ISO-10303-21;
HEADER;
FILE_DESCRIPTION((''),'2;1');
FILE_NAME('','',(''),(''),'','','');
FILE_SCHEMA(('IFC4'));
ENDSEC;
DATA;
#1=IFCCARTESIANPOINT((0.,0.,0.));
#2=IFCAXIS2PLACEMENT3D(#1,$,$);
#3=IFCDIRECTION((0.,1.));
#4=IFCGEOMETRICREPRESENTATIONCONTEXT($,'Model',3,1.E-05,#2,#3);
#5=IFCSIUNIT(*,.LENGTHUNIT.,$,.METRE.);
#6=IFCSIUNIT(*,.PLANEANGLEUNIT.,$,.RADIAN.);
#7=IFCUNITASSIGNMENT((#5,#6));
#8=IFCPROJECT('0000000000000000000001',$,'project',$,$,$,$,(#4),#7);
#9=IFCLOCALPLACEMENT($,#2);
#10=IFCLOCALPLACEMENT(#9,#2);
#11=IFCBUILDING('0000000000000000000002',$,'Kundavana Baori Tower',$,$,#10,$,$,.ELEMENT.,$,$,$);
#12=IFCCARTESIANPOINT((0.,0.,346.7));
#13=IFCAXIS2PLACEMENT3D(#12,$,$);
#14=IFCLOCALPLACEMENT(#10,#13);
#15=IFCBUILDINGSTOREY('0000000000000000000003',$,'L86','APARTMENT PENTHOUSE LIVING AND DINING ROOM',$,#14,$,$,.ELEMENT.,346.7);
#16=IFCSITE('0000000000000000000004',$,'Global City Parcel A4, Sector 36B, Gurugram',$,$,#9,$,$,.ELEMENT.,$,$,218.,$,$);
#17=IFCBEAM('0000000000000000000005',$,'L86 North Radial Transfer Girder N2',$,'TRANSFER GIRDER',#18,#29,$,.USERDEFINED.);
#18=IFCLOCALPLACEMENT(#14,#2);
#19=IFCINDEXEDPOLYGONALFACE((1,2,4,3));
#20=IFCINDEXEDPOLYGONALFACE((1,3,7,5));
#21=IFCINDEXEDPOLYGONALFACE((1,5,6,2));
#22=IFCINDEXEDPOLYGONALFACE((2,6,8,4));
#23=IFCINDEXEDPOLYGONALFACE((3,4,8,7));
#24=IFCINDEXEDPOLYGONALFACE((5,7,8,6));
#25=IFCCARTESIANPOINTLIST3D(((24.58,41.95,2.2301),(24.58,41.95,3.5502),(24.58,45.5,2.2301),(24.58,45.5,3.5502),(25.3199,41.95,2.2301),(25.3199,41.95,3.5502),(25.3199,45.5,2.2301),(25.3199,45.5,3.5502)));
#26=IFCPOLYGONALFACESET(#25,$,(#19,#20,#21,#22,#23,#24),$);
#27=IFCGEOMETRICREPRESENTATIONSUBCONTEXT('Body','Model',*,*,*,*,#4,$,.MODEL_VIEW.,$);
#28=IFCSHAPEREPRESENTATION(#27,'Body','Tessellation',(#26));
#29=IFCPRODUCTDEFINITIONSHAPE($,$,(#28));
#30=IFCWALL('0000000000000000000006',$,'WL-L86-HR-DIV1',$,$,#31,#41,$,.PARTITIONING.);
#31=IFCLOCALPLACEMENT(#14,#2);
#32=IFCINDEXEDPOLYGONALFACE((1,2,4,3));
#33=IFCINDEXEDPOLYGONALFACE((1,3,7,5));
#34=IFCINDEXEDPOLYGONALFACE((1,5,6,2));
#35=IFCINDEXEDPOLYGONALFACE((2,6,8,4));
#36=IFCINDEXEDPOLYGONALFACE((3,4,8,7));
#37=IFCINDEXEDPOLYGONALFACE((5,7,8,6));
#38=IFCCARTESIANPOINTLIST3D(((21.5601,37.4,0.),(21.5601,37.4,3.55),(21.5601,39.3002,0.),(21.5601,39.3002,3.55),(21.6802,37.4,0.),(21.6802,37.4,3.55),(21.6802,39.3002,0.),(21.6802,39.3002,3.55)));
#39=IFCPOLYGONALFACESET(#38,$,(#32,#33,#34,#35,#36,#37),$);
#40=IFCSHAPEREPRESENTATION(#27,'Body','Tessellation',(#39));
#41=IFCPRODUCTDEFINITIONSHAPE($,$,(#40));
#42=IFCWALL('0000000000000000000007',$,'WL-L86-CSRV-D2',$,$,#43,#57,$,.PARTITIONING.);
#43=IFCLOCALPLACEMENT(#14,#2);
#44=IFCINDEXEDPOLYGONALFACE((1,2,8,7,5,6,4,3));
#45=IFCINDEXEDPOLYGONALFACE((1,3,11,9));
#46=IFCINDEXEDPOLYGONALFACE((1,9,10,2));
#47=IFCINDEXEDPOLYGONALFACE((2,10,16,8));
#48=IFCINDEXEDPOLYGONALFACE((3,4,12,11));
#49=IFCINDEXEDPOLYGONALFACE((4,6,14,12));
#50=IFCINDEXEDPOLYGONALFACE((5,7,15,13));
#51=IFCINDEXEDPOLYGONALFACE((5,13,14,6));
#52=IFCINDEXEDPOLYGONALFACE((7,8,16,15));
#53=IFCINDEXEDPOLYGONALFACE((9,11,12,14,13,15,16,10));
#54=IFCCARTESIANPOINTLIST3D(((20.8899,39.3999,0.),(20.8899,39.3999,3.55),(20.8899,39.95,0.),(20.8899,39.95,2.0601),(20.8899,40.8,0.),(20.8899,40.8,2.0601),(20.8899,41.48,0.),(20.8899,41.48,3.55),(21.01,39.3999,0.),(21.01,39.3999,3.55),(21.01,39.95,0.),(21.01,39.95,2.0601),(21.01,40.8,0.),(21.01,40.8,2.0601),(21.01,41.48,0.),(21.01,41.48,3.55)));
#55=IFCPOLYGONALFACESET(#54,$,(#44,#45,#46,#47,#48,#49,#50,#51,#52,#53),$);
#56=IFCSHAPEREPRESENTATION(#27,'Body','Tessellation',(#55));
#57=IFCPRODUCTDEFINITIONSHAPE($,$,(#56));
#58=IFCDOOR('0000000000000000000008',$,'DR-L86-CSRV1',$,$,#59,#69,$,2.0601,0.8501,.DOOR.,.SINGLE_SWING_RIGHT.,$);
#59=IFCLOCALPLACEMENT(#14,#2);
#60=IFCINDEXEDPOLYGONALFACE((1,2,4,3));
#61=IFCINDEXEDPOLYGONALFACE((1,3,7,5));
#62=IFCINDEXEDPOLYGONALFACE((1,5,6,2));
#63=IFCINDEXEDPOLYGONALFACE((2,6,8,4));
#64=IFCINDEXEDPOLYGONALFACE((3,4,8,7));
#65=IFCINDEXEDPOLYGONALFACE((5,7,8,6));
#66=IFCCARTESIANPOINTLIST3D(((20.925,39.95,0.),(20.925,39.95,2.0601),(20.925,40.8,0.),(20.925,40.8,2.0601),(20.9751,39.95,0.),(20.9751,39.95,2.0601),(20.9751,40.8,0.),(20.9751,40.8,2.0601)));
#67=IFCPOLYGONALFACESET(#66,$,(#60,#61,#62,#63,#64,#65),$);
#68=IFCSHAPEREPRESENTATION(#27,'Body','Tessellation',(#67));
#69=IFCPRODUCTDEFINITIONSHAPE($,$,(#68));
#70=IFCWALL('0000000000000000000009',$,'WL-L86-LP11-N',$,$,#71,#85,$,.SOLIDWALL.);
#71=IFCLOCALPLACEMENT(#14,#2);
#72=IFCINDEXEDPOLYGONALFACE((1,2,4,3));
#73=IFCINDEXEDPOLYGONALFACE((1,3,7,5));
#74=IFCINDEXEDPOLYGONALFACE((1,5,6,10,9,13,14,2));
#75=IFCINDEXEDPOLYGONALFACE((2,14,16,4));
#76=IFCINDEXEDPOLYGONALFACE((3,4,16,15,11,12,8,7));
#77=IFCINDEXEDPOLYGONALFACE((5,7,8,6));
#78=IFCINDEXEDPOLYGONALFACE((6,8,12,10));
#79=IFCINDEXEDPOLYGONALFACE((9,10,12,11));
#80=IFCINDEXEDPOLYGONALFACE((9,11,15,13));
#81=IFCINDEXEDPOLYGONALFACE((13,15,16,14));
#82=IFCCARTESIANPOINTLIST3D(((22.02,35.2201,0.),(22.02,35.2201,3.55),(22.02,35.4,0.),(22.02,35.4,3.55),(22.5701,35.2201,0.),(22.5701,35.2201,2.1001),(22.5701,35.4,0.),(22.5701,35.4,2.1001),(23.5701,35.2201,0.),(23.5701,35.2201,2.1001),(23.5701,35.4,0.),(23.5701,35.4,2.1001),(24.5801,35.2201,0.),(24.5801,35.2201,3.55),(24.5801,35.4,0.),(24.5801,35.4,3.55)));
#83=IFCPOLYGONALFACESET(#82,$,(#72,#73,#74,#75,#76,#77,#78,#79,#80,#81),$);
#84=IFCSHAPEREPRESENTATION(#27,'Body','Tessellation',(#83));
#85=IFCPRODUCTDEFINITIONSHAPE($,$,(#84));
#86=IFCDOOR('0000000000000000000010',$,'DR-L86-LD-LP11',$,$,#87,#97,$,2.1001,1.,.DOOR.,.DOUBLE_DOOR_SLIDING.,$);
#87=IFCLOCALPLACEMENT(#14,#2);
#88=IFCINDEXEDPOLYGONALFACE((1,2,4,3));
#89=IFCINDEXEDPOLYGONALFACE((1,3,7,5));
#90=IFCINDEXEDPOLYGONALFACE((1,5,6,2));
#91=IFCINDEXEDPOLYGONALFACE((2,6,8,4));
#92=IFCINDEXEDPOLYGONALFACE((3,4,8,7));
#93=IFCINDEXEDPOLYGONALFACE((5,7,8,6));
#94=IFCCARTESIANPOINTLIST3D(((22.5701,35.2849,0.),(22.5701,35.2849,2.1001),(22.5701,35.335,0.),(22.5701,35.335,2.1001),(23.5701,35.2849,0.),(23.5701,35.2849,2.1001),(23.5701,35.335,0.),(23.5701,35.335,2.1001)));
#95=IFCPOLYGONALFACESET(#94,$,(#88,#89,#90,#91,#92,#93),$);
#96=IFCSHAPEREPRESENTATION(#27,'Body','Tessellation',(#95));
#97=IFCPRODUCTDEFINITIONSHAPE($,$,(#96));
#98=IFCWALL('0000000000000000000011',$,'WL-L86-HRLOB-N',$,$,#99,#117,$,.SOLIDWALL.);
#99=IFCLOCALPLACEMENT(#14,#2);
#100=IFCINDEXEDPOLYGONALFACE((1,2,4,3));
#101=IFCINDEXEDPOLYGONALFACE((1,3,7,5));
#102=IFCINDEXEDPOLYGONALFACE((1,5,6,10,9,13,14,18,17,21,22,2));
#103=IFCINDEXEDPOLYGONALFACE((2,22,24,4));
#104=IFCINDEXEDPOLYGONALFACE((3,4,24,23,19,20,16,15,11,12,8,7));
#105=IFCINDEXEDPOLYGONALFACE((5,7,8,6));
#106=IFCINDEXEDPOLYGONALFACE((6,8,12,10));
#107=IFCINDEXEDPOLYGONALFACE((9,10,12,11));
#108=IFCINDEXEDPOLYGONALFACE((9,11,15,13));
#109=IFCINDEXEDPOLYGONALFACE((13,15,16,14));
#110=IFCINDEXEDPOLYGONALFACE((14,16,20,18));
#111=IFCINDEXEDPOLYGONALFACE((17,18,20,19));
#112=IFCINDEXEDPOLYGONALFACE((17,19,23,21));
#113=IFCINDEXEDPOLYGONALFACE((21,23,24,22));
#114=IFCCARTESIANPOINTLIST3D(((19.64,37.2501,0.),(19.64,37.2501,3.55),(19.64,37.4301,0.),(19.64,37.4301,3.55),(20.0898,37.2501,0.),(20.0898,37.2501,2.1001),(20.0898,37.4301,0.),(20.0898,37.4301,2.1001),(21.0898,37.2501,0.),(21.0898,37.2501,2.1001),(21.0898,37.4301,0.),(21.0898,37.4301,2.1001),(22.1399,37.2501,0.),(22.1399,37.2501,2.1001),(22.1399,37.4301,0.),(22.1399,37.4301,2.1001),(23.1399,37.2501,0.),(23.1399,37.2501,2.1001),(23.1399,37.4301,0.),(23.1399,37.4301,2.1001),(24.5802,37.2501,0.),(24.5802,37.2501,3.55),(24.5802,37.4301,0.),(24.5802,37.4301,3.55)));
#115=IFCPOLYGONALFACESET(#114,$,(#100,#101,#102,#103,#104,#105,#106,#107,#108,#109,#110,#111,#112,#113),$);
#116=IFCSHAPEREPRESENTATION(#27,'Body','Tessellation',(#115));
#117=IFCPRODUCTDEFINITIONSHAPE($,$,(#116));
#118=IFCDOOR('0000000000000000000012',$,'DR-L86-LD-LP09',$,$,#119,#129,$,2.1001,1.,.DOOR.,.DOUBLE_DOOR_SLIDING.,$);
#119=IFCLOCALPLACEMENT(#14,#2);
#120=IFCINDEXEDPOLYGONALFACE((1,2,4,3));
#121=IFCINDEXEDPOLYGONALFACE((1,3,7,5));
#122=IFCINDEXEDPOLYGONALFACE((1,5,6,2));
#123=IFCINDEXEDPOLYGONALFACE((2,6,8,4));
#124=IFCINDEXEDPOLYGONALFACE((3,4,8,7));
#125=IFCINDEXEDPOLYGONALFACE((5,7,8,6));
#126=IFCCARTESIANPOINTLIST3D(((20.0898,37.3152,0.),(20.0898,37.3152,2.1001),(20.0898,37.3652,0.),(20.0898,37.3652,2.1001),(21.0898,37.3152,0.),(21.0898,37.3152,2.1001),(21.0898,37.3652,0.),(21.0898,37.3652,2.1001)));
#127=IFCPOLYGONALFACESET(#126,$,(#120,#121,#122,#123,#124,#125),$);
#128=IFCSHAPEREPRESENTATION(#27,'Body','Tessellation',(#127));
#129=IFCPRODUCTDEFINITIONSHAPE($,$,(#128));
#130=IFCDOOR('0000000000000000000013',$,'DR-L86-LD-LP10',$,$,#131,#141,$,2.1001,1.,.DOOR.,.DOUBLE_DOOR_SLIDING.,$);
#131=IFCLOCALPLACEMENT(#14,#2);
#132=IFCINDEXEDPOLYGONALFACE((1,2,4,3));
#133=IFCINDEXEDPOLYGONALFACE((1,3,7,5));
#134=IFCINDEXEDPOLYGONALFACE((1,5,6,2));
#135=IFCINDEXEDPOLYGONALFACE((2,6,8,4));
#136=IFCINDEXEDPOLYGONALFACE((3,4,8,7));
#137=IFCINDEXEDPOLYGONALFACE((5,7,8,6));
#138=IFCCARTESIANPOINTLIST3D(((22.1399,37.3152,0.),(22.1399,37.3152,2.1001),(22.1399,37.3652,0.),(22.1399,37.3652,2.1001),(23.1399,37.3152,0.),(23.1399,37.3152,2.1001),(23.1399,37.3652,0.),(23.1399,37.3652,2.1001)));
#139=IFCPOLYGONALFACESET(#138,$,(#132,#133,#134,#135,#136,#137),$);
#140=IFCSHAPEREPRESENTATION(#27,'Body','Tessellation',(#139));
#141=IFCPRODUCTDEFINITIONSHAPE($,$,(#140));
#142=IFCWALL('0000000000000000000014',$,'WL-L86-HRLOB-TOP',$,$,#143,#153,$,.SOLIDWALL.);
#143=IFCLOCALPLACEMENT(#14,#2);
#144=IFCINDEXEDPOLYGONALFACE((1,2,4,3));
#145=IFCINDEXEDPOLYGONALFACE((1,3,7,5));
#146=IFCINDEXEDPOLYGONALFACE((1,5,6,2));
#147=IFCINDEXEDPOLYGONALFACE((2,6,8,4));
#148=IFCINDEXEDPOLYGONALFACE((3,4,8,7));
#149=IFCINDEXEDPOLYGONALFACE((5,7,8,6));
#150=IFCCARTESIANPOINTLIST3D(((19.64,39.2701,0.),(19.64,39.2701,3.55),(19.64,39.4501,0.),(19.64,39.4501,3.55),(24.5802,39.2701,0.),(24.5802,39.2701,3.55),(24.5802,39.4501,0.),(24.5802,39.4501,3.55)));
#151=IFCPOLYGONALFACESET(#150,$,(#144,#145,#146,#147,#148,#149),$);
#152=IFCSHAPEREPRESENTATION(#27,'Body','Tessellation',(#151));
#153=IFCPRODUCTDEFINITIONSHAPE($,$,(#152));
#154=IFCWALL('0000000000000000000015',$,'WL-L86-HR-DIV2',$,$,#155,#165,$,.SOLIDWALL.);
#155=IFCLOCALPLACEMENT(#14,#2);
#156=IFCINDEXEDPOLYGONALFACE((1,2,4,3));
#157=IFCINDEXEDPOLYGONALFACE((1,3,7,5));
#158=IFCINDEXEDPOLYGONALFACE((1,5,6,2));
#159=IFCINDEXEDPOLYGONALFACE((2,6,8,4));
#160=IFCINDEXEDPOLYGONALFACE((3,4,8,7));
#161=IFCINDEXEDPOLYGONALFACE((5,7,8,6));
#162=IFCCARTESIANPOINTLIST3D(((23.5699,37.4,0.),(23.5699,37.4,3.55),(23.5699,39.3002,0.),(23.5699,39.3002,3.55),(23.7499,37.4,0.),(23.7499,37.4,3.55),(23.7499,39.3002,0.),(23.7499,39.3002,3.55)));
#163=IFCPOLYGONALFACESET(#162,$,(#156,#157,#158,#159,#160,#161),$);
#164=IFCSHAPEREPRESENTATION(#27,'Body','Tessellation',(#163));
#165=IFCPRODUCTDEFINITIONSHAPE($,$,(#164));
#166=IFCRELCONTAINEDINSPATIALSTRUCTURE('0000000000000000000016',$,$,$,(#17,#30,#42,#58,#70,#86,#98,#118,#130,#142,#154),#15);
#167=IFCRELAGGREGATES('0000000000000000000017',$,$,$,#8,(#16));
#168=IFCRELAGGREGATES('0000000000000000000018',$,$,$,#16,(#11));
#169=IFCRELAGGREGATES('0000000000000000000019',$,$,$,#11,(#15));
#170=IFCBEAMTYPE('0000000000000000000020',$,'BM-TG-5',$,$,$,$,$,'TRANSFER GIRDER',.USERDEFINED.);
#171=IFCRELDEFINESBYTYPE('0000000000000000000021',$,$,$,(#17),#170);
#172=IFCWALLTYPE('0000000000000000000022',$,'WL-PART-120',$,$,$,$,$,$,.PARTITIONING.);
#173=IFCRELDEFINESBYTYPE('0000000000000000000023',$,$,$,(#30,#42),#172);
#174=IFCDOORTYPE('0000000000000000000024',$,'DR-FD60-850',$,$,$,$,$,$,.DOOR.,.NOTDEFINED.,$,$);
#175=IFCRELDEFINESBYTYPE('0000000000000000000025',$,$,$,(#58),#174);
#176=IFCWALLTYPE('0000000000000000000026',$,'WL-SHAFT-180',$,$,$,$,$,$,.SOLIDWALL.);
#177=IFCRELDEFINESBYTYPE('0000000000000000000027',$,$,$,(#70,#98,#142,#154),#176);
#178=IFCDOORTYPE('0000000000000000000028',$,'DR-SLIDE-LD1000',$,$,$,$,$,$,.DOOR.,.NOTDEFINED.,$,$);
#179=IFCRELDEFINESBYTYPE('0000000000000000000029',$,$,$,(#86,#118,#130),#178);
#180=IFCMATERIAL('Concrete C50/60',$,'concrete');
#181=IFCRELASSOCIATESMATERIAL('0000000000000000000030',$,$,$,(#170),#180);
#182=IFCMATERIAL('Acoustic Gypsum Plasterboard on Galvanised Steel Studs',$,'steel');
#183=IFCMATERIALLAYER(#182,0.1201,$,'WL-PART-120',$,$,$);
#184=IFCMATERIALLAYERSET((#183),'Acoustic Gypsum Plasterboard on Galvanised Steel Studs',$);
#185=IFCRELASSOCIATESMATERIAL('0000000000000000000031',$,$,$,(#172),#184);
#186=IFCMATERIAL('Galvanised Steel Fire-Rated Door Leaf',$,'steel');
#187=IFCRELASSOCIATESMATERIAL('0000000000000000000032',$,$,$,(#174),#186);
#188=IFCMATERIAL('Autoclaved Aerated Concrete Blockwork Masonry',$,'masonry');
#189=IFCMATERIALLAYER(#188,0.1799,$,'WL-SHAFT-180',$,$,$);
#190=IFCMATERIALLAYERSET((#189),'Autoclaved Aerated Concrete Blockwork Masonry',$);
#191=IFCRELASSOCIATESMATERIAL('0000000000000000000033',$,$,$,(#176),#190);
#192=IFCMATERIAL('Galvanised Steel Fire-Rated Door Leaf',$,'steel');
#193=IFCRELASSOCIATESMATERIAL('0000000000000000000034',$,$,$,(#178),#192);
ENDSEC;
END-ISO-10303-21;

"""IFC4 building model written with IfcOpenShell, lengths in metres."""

from ifc_helpers import new_model, si_unit, direction, frame, frame_2d, origin, origin_2d, place, context, subcontext, project, spatial, rectangle, extrude, material, layer, layer_set, material_profile, profile_set, type_object, element, fill, save


model = new_model("IFC4")

# Units and contexts
model_context = context("Model", 3, precision=1e-05, world=origin(), true_north=direction((0.0, 1.0)))
body_context = subcontext(model_context, "Body", "Model", "MODEL_VIEW")
ifc_project = project(units=[si_unit("LENGTHUNIT", "METRE"), si_unit("PLANEANGLEUNIT", "RADIAN")], contexts=[model_context])

# Site, building, storey
site_placement = place(None, origin())
site = spatial("IfcSite", under=ifc_project, at=site_placement, Name="Global City Parcel A4, Sector 36B, Gurugram", CompositionType="ELEMENT", RefElevation=218.0)
building_placement = place(site_placement, origin())
building = spatial("IfcBuilding", under=site, at=building_placement, Name="Kundavana Baori Tower", CompositionType="ELEMENT")
storey_placement = place(building_placement, frame((0.0, 0.0, 346.7)))
storey = spatial("IfcBuildingStorey", under=building, at=storey_placement, Name="L86", Description="APARTMENT PENTHOUSE LIVING AND DINING ROOM", CompositionType="ELEMENT", Elevation=346.7)

# Beam
ifc_material_1 = material(Name="Concrete C50/60", Category="concrete")
ifc_material_profile_1 = material_profile(ifc_material_1, rectangle(XDim=0.74, YDim=1.3201, at=origin_2d()), Name="BM-TG-5")
ifc_profile_set_1 = profile_set([ifc_material_profile_1], Name="Concrete C50/60")
beam_type_1 = type_object("IfcBeamType", Name="BM-TG-5", ElementType="TRANSFER GIRDER", PredefinedType="USERDEFINED", material=ifc_profile_set_1)
beam_1_placement = place(storey_placement, frame((24.95, 41.95, 2.8901), z_axis=(0.0, 1.0, 0.0), x_axis=(-1.0, 0.0, 0.0)))
element("IfcBeam", 1, at=beam_1_placement, inside=storey, type_object=beam_type_1, Name="L86 North Radial Transfer Girder N2", ObjectType="TRANSFER GIRDER", PredefinedType="USERDEFINED", context=body_context, shape_type="SweptSolid", body=[
    extrude(rectangle(XDim=0.74, YDim=1.3201, at=origin_2d()), origin(), (0.0, 0.0, 1.0), 3.55),
])

# Wall
ifc_material_2 = material(Name="Acoustic Gypsum Plasterboard on Galvanised Steel Studs", Category="steel")
ifc_layer_1 = layer(ifc_material_2, 0.1201, Name="WL-PART-120")
ifc_layer_set_1 = layer_set([ifc_layer_1], Name="Acoustic Gypsum Plasterboard on Galvanised Steel Studs")
wall_type_1 = type_object("IfcWallType", Name="WL-PART-120", PredefinedType="PARTITIONING", material=ifc_layer_set_1)
wall_1_placement = place(storey_placement, frame((21.6201, 37.3999, 0.0), z_axis=(0.0, 0.0, 1.0), x_axis=(0.0, 1.0, 0.0)))
element("IfcWall", 2, at=wall_1_placement, inside=storey, type_object=wall_type_1, Name="WL-L86-HR-DIV1", PredefinedType="PARTITIONING", context=body_context, shape_type="SweptSolid", body=[
    extrude(rectangle(XDim=1.9001, YDim=0.1201, at=frame_2d((0.9502, 0.0))), origin(), (0.0, 0.0, 1.0), 3.55),
])

# Walls, openings, doors
wall_2_placement = place(storey_placement, frame((20.95, 39.3999, 0.0), z_axis=(0.0, 0.0, 1.0), x_axis=(0.0, 1.0, 0.0)))
wall_2 = element("IfcWall", 3, at=wall_2_placement, inside=storey, type_object=wall_type_1, Name="WL-L86-CSRV-D2", PredefinedType="PARTITIONING", context=body_context, shape_type="SweptSolid", body=[
    extrude(rectangle(XDim=2.0801, YDim=0.1201, at=frame_2d((1.04, 0.0))), origin(), (0.0, 0.0, 1.0), 3.55),
])
opening_1_placement = place(wall_2_placement, frame((0.55, 0.0, 0.0)))
opening_1 = element("IfcOpeningElement", 4, at=opening_1_placement, cuts=wall_2, PredefinedType="OPENING", context=body_context, shape_type="SweptSolid", body=[
    extrude(rectangle(XDim=0.8501, YDim=2.0601, at=frame_2d((0.425, 1.03))), frame((0.0, 0.0701, 0.0), z_axis=(0.0, -1.0, 0.0), x_axis=(1.0, 0.0, 0.0)), (0.0, 0.0, 1.0), 0.1401),
])
ifc_material_3 = material(Name="Galvanised Steel Fire-Rated Door Leaf", Category="steel")
door_type_1 = type_object("IfcDoorType", Name="DR-FD60-850", OperationType="NOTDEFINED", PredefinedType="DOOR", material=ifc_material_3)
door_1_placement = place(opening_1_placement, origin())
door_1 = element("IfcDoor", 5, at=door_1_placement, inside=storey, type_object=door_type_1, Name="DR-L86-CSRV1", OperationType="SINGLE_SWING_RIGHT", OverallHeight=2.0601, OverallWidth=0.8501, PredefinedType="DOOR", context=body_context, shape_type="SweptSolid", body=[
    extrude(rectangle(XDim=0.8501, YDim=2.0601, at=frame_2d((0.425, 1.03))), frame((0.0, 0.0249, 0.0), z_axis=(0.0, -1.0, 0.0), x_axis=(1.0, 0.0, 0.0)), (0.0, 0.0, 1.0), 0.05),
])
fill(opening_1, door_1)
ifc_material_4 = material(Name="Autoclaved Aerated Concrete Blockwork Masonry", Category="masonry")
ifc_layer_2 = layer(ifc_material_4, 0.1799, Name="WL-SHAFT-180")
ifc_layer_set_2 = layer_set([ifc_layer_2], Name="Autoclaved Aerated Concrete Blockwork Masonry")
wall_type_2 = type_object("IfcWallType", Name="WL-SHAFT-180", PredefinedType="SOLIDWALL", material=ifc_layer_set_2)
wall_3_placement = place(storey_placement, frame((22.02, 35.3101, 0.0), z_axis=(0.0, 0.0, 1.0), x_axis=(1.0, 0.0, 0.0)))
wall_3 = element("IfcWall", 6, at=wall_3_placement, inside=storey, type_object=wall_type_2, Name="WL-L86-LP11-N", PredefinedType="SOLIDWALL", context=body_context, shape_type="SweptSolid", body=[
    extrude(rectangle(XDim=2.5601, YDim=0.1799, at=frame_2d((1.28, 0.0))), origin(), (0.0, 0.0, 1.0), 3.55),
])
opening_2_placement = place(wall_3_placement, frame((0.55, 0.0, 0.0)))
opening_2 = element("IfcOpeningElement", 7, at=opening_2_placement, cuts=wall_3, PredefinedType="OPENING", context=body_context, shape_type="SweptSolid", body=[
    extrude(rectangle(XDim=1.0, YDim=2.1001, at=frame_2d((0.5, 1.05))), frame((0.0, 0.1001, 0.0), z_axis=(0.0, -1.0, 0.0), x_axis=(1.0, 0.0, 0.0)), (0.0, 0.0, 1.0), 0.2),
])
ifc_material_5 = material(Name="Galvanised Steel Fire-Rated Door Leaf", Category="steel")
door_type_2 = type_object("IfcDoorType", Name="DR-SLIDE-LD1000", OperationType="NOTDEFINED", PredefinedType="DOOR", material=ifc_material_5)
door_2_placement = place(opening_2_placement, origin())
door_2 = element("IfcDoor", 8, at=door_2_placement, inside=storey, type_object=door_type_2, Name="DR-L86-LD-LP11", OperationType="DOUBLE_DOOR_SLIDING", OverallHeight=2.1001, OverallWidth=1.0, PredefinedType="DOOR", context=body_context, shape_type="SweptSolid", body=[
    extrude(rectangle(XDim=1.0, YDim=2.1001, at=frame_2d((0.5, 1.05))), frame((0.0, 0.0249, 0.0), z_axis=(0.0, -1.0, 0.0), x_axis=(1.0, 0.0, 0.0)), (0.0, 0.0, 1.0), 0.05),
])
fill(opening_2, door_2)

# Wall, openings, doors
wall_4_placement = place(storey_placement, frame((19.6399, 37.3401, 0.0), z_axis=(0.0, 0.0, 1.0), x_axis=(1.0, 0.0, 0.0)))
wall_4 = element("IfcWall", 9, at=wall_4_placement, inside=storey, type_object=wall_type_2, Name="WL-L86-HRLOB-N", PredefinedType="SOLIDWALL", context=body_context, shape_type="SweptSolid", body=[
    extrude(rectangle(XDim=4.9402, YDim=0.1799, at=frame_2d((2.4702, 0.0))), origin(), (0.0, 0.0, 1.0), 3.55),
])
opening_3_placement = place(wall_4_placement, frame((0.45, 0.0, 0.0)))
opening_3 = element("IfcOpeningElement", 10, at=opening_3_placement, cuts=wall_4, PredefinedType="OPENING", context=body_context, shape_type="SweptSolid", body=[
    extrude(rectangle(XDim=1.0, YDim=2.1001, at=frame_2d((0.5, 1.05))), frame((0.0, 0.1001, 0.0), z_axis=(0.0, -1.0, 0.0), x_axis=(1.0, 0.0, 0.0)), (0.0, 0.0, 1.0), 0.2),
])
opening_4_placement = place(wall_4_placement, frame((2.5, 0.0, 0.0)))
opening_4 = element("IfcOpeningElement", 11, at=opening_4_placement, cuts=wall_4, PredefinedType="OPENING", context=body_context, shape_type="SweptSolid", body=[
    extrude(rectangle(XDim=1.0, YDim=2.1001, at=frame_2d((0.5, 1.05))), frame((0.0, 0.1001, 0.0), z_axis=(0.0, -1.0, 0.0), x_axis=(1.0, 0.0, 0.0)), (0.0, 0.0, 1.0), 0.2),
])
door_3_placement = place(opening_3_placement, frame((1.0, 0.0, 0.0), z_axis=(0.0, 0.0, 1.0), x_axis=(-1.0, 0.0, 0.0)))
door_3 = element("IfcDoor", 12, at=door_3_placement, inside=storey, type_object=door_type_2, Name="DR-L86-LD-LP09", OperationType="DOUBLE_DOOR_SLIDING", OverallHeight=2.1001, OverallWidth=1.0, PredefinedType="DOOR", context=body_context, shape_type="SweptSolid", body=[
    extrude(rectangle(XDim=1.0, YDim=2.1001, at=frame_2d((0.5, 1.05))), frame((0.0, 0.0249, 0.0), z_axis=(0.0, -1.0, 0.0), x_axis=(1.0, 0.0, 0.0)), (0.0, 0.0, 1.0), 0.05),
])
fill(opening_3, door_3)
door_4_placement = place(opening_4_placement, frame((1.0, 0.0, 0.0), z_axis=(0.0, 0.0, 1.0), x_axis=(-1.0, 0.0, 0.0)))
door_4 = element("IfcDoor", 13, at=door_4_placement, inside=storey, type_object=door_type_2, Name="DR-L86-LD-LP10", OperationType="DOUBLE_DOOR_SLIDING", OverallHeight=2.1001, OverallWidth=1.0, PredefinedType="DOOR", context=body_context, shape_type="SweptSolid", body=[
    extrude(rectangle(XDim=1.0, YDim=2.1001, at=frame_2d((0.5, 1.05))), frame((0.0, 0.0249, 0.0), z_axis=(0.0, -1.0, 0.0), x_axis=(1.0, 0.0, 0.0)), (0.0, 0.0, 1.0), 0.05),
])
fill(opening_4, door_4)

# Walls
wall_5_placement = place(storey_placement, frame((19.6399, 39.3601, 0.0), z_axis=(0.0, 0.0, 1.0), x_axis=(1.0, 0.0, 0.0)))
element("IfcWall", 14, at=wall_5_placement, inside=storey, type_object=wall_type_2, Name="WL-L86-HRLOB-TOP", PredefinedType="SOLIDWALL", context=body_context, shape_type="SweptSolid", body=[
    extrude(rectangle(XDim=4.9402, YDim=0.1799, at=frame_2d((2.4702, 0.0))), origin(), (0.0, 0.0, 1.0), 3.55),
])
wall_6_placement = place(storey_placement, frame((23.6599, 37.3999, 0.0), z_axis=(0.0, 0.0, 1.0), x_axis=(0.0, 1.0, 0.0)))
element("IfcWall", 15, at=wall_6_placement, inside=storey, type_object=wall_type_2, Name="WL-L86-HR-DIV2", PredefinedType="SOLIDWALL", context=body_context, shape_type="SweptSolid", body=[
    extrude(rectangle(XDim=1.9001, YDim=0.1799, at=frame_2d((0.9502, 0.0))), origin(), (0.0, 0.0, 1.0), 3.55),
])

save(model, "model.ifc")
